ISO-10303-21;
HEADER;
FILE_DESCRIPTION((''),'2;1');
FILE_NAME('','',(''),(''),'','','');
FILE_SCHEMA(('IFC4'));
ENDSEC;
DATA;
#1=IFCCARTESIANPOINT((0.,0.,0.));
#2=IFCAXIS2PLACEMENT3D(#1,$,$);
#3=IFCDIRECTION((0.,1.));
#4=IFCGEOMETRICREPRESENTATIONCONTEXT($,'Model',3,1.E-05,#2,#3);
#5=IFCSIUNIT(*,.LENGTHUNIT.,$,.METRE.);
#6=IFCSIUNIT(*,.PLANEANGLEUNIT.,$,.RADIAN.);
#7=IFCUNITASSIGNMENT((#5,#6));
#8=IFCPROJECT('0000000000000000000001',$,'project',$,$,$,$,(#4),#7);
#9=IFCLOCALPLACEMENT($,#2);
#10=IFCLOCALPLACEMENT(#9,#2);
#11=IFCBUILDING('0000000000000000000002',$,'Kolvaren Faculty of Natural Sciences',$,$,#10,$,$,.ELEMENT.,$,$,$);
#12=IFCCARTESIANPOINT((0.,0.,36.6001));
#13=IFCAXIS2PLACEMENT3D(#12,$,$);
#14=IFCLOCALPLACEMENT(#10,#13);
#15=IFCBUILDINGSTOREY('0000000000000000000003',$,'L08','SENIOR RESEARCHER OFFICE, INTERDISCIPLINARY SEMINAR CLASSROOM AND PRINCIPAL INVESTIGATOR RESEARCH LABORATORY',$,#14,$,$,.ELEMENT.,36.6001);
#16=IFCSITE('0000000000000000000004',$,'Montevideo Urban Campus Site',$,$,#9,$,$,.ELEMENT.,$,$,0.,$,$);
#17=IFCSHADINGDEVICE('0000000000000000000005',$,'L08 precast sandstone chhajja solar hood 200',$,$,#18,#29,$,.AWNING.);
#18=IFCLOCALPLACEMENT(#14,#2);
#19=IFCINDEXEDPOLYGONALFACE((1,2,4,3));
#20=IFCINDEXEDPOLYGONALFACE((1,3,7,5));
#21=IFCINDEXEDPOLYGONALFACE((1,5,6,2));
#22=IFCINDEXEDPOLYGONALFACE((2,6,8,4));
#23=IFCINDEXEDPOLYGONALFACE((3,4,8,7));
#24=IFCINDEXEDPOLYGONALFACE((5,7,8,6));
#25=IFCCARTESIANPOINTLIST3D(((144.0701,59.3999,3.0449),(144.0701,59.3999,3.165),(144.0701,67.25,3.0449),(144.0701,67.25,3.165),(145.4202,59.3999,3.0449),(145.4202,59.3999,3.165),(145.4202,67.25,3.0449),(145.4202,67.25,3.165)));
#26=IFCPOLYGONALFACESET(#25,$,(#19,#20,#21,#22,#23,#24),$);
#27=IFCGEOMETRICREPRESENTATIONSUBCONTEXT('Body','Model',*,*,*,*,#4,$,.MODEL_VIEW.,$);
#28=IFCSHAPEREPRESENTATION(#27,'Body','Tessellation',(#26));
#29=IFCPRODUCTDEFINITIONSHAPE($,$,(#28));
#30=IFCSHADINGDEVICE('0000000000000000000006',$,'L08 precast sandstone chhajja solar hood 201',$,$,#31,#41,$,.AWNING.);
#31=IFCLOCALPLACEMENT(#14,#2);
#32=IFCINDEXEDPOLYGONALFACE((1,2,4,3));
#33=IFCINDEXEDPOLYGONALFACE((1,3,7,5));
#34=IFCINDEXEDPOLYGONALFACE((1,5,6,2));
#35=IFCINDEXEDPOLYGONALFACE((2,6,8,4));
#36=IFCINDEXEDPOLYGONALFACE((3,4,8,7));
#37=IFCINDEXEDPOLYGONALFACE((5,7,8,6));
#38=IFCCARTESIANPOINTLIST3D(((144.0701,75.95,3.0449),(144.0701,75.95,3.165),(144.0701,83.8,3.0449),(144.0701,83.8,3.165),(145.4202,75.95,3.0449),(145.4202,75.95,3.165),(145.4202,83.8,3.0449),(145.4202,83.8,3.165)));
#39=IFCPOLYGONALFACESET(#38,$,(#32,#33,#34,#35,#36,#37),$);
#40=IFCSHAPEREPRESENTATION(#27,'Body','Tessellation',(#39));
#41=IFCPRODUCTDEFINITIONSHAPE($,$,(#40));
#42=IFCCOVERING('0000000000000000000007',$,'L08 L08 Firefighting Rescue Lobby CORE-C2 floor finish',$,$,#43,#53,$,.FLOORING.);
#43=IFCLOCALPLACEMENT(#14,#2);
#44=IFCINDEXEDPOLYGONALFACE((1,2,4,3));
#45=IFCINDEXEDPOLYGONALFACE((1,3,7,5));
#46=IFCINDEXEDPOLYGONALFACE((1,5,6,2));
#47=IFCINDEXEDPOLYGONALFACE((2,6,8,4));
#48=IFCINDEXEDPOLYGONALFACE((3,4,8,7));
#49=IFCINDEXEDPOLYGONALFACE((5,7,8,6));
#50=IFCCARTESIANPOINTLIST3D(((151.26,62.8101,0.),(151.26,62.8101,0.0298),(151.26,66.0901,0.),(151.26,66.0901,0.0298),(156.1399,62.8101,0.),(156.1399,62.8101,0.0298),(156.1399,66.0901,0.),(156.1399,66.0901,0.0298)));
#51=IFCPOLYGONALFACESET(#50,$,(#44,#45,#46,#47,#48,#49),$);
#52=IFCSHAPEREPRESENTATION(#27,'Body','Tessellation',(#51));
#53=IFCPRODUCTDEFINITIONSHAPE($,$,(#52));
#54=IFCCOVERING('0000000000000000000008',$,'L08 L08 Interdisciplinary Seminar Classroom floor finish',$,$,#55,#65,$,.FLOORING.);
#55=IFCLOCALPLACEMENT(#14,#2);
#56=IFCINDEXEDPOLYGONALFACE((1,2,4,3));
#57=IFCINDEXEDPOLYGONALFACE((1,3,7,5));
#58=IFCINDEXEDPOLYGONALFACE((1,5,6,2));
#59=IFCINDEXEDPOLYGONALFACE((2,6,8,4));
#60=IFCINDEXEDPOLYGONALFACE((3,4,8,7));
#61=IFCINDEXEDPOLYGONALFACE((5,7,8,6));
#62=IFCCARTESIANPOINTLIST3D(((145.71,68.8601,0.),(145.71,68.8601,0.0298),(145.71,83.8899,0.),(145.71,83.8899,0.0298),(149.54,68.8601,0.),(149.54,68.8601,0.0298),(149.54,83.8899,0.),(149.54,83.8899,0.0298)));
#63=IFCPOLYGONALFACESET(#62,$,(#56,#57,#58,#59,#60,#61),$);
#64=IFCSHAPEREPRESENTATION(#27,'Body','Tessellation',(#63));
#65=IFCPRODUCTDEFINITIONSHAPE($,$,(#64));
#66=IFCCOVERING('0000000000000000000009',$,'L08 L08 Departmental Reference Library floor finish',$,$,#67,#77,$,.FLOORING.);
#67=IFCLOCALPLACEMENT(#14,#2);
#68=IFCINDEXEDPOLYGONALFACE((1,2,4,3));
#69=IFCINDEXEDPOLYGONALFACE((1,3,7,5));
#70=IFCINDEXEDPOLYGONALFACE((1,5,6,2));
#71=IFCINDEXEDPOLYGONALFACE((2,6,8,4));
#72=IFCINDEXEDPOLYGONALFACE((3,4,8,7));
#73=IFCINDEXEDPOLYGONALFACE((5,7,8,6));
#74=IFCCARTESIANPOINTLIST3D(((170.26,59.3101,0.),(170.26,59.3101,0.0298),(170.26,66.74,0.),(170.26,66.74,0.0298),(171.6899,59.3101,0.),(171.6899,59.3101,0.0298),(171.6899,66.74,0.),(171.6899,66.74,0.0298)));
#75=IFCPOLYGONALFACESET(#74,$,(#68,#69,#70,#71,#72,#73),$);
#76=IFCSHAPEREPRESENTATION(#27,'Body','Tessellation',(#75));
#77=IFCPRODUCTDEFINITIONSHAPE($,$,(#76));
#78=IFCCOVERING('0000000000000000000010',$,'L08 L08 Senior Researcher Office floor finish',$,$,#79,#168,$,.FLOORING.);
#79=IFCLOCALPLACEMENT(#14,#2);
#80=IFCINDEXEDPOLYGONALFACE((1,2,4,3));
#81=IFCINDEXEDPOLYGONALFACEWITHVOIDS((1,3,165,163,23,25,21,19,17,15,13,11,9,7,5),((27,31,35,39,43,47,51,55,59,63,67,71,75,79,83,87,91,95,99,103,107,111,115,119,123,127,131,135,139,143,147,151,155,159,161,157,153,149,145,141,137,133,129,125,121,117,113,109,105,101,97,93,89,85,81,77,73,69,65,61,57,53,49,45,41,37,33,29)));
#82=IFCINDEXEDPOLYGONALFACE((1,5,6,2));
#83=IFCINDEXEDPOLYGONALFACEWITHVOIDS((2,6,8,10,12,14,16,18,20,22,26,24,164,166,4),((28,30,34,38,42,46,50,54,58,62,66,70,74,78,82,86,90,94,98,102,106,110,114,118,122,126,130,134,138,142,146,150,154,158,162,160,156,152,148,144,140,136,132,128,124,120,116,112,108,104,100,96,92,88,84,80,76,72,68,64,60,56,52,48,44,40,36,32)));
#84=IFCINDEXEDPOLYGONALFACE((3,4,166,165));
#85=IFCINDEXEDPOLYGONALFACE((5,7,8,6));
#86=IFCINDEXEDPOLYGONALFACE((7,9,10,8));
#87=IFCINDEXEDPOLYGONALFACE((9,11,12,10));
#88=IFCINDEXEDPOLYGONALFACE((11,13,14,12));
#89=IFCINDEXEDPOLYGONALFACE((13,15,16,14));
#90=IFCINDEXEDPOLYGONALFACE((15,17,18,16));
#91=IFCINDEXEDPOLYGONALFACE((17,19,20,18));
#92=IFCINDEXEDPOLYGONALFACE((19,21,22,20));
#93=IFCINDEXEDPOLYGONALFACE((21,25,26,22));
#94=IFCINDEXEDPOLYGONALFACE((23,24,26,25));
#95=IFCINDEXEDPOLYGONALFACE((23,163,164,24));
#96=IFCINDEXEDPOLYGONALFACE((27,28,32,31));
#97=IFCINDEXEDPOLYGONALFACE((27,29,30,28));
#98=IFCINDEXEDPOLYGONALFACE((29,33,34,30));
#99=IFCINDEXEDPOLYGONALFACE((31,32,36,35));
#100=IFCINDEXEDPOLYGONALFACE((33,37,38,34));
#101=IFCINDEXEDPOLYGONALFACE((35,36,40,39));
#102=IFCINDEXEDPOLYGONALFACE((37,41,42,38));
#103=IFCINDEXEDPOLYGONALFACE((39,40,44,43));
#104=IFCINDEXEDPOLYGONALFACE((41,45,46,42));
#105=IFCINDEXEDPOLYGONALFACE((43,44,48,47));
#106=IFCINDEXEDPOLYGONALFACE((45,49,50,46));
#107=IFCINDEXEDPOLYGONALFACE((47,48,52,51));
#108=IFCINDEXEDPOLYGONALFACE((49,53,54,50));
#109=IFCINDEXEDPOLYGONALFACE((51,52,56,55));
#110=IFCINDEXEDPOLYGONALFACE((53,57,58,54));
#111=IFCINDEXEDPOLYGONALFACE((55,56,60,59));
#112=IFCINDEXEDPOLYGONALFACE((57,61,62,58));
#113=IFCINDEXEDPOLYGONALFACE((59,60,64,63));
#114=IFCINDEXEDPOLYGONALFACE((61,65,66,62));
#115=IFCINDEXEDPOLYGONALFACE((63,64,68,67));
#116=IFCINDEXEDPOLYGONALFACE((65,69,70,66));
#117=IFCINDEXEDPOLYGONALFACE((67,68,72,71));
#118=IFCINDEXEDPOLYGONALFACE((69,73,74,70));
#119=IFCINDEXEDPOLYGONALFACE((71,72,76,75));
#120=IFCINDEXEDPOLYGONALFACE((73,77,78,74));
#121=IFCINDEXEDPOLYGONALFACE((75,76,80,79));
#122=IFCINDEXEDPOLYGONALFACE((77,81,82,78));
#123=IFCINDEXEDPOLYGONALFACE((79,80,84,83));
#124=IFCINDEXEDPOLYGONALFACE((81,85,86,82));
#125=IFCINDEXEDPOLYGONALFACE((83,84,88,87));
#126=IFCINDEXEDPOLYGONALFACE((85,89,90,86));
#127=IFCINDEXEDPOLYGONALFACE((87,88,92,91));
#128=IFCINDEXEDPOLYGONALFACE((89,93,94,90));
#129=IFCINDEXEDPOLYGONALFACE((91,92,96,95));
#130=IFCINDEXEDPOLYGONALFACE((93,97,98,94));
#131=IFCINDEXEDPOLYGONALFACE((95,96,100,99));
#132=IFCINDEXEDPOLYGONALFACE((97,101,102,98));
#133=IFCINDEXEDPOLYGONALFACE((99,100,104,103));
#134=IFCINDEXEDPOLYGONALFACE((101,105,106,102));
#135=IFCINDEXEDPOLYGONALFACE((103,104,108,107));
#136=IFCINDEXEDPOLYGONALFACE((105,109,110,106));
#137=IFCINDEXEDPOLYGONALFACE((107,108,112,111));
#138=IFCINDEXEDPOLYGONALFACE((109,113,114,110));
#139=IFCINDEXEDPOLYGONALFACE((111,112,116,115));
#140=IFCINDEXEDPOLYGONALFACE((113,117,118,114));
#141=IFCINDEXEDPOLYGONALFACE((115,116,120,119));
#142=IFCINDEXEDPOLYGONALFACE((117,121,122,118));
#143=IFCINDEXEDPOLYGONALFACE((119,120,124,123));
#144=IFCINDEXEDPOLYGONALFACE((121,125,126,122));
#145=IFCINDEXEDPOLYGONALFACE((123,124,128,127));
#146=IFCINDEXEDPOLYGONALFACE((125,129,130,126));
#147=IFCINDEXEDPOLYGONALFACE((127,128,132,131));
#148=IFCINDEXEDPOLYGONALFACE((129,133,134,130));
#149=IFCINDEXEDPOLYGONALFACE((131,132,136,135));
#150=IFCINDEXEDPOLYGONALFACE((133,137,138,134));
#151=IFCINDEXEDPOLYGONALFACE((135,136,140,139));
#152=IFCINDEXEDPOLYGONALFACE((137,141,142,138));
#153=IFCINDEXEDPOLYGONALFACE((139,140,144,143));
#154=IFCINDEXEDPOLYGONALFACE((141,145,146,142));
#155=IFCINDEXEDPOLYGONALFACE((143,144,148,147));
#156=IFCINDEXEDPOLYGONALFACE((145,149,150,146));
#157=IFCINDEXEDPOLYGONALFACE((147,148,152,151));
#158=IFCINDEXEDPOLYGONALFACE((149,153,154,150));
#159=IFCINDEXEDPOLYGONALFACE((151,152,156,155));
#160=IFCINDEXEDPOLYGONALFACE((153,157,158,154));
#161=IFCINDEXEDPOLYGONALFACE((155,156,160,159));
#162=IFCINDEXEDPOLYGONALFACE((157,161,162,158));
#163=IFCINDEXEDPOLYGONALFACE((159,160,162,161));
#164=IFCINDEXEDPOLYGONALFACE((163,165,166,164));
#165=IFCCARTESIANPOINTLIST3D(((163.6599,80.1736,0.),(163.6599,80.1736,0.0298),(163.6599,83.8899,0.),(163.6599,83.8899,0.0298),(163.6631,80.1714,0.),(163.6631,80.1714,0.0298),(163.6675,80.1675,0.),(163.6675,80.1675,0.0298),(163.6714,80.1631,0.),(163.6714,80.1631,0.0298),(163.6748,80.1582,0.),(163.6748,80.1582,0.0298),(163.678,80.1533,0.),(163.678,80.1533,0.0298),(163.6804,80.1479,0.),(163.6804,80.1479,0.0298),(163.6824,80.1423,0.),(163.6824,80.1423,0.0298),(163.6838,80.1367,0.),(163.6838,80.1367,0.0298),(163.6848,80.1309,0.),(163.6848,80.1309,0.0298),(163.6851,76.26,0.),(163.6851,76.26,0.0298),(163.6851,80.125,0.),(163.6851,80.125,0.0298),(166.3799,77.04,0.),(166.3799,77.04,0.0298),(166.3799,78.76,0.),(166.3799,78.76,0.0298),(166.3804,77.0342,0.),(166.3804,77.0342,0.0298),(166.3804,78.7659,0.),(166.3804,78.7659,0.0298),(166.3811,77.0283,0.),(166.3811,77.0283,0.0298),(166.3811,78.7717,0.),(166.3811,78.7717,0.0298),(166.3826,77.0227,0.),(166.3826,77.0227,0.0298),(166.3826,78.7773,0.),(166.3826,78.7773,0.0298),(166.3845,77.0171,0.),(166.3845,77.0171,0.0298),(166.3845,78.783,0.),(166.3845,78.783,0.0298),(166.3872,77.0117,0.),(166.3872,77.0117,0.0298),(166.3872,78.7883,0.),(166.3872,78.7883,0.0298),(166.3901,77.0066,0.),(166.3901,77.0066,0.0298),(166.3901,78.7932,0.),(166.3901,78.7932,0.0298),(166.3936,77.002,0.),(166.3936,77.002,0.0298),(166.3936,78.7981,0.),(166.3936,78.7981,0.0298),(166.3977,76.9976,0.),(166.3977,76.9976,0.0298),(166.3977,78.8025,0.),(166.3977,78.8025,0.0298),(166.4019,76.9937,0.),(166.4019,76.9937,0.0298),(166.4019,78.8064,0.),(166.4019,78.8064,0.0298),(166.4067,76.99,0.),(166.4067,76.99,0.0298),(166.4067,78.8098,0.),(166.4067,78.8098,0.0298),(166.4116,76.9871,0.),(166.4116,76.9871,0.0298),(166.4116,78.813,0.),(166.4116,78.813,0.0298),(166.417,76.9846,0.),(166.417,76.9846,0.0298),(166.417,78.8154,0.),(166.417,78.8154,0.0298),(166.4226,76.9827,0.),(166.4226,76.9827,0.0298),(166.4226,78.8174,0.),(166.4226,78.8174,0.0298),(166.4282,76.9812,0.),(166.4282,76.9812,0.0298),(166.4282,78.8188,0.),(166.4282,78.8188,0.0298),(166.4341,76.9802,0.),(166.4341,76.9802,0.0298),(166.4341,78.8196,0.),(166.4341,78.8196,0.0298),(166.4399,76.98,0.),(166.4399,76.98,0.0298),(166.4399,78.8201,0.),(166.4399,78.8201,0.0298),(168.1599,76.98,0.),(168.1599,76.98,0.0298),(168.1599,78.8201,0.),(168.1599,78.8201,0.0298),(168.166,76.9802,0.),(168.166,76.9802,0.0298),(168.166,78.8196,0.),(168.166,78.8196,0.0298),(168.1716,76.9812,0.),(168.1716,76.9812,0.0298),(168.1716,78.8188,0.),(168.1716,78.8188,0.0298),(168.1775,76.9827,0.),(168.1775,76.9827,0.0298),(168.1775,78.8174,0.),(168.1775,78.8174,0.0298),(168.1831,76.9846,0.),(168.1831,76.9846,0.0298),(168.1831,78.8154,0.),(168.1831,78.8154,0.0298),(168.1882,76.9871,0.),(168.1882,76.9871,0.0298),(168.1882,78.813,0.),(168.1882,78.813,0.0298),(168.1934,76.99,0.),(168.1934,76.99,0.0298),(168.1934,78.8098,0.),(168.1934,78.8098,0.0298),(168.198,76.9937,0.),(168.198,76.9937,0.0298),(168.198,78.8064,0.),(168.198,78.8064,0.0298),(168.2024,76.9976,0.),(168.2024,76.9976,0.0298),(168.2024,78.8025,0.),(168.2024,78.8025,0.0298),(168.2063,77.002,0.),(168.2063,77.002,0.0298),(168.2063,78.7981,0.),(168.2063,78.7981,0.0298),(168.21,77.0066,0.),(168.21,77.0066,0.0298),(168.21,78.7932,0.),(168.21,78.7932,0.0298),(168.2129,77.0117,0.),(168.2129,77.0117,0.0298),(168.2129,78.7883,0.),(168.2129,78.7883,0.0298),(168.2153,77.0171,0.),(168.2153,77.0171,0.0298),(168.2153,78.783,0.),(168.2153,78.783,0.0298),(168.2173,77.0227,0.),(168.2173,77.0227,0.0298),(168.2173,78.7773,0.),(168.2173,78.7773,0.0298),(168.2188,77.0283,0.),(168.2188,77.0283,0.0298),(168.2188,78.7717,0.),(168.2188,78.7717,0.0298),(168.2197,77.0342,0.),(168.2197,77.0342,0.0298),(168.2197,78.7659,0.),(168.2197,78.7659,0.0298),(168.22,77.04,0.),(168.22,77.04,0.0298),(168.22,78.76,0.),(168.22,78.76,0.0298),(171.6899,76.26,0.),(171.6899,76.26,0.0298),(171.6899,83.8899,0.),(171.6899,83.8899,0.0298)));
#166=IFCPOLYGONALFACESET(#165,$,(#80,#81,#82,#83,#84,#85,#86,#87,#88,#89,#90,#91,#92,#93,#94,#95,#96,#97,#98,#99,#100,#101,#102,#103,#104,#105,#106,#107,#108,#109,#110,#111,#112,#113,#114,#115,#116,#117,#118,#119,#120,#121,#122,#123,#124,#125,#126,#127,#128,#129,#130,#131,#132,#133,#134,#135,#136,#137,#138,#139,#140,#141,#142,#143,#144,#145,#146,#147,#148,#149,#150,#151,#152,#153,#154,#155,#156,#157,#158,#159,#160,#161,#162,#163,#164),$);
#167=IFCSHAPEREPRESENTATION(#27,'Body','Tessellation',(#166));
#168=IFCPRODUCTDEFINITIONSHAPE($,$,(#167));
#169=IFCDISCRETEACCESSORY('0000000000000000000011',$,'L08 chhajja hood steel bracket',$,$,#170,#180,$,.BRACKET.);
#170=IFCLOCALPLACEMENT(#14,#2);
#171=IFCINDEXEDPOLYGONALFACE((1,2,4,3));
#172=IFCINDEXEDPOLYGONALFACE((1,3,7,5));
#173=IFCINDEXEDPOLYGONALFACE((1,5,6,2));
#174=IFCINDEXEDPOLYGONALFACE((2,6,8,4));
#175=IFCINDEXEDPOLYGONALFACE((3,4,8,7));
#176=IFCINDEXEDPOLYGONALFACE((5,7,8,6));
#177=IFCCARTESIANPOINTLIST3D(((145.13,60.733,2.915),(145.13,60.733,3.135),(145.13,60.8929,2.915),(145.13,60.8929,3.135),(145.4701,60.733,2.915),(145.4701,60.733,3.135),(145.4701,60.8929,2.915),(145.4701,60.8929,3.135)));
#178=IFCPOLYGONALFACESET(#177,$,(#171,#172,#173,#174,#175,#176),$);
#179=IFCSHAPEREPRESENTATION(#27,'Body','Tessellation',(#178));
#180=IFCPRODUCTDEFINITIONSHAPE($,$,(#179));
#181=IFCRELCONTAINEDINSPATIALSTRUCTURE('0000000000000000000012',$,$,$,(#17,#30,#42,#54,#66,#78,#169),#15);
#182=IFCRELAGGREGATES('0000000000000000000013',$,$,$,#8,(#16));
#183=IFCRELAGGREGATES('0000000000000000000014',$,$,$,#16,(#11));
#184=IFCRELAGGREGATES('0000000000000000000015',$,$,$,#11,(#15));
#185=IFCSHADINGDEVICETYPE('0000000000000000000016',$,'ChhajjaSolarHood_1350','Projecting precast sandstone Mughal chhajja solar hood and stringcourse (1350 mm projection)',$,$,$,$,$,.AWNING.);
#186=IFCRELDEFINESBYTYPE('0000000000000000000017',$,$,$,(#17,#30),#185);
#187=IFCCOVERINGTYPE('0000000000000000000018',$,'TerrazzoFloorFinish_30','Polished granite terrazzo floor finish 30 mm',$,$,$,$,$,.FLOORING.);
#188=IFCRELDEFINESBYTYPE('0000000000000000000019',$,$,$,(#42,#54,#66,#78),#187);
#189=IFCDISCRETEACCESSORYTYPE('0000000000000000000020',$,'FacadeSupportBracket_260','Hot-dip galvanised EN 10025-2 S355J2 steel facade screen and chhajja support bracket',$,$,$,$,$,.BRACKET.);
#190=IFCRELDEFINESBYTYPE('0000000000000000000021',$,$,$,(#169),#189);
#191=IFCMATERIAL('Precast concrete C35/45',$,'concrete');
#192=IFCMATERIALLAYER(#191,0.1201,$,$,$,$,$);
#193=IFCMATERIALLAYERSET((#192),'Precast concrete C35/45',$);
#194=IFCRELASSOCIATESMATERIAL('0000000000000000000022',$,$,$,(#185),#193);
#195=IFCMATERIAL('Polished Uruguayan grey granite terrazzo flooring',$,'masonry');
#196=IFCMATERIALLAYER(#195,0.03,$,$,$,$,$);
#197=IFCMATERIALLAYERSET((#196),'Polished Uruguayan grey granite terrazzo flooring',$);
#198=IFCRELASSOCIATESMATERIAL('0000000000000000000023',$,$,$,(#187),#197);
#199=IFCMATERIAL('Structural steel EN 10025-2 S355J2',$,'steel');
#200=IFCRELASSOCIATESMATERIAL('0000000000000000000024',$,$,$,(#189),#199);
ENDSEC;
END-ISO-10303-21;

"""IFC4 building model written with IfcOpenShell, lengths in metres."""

from ifc_helpers import new_model, si_unit, direction, frame, origin, origin_2d, place, context, subcontext, project, spatial, polyline, rectangle, outline, extrude, material, layer, layer_set, type_object, element, save


model = new_model("IFC4")

# Units and contexts
model_context = context("Model", 3, precision=1e-05, world=origin(), true_north=direction((0.0, 1.0)))
body_context = subcontext(model_context, "Body", "Model", "MODEL_VIEW")
ifc_project = project(units=[si_unit("LENGTHUNIT", "METRE"), si_unit("PLANEANGLEUNIT", "RADIAN")], contexts=[model_context])

# Site, building, storey
site_placement = place(None, origin())
site = spatial("IfcSite", under=ifc_project, at=site_placement, Name="Montevideo Urban Campus Site", CompositionType="ELEMENT", RefElevation=0.0)
building_placement = place(site_placement, origin())
building = spatial("IfcBuilding", under=site, at=building_placement, Name="Kolvaren Faculty of Natural Sciences", CompositionType="ELEMENT")
storey_placement = place(building_placement, frame((0.0, 0.0, 36.6001)))
storey = spatial("IfcBuildingStorey", under=building, at=storey_placement, Name="L08", Description="SENIOR RESEARCHER OFFICE, INTERDISCIPLINARY SEMINAR CLASSROOM AND PRINCIPAL INVESTIGATOR RESEARCH LABORATORY", CompositionType="ELEMENT", Elevation=36.6001)

# Shading devices
ifc_material_1 = material(Name="Precast concrete C35/45", Category="concrete")
ifc_layer_1 = layer(ifc_material_1, 0.1201)
ifc_layer_set_1 = layer_set([ifc_layer_1], Name="Precast concrete C35/45")
shading_device_type = type_object("IfcShadingDeviceType", Name="ChhajjaSolarHood_1350", Description="Projecting precast sandstone Mughal chhajja solar hood and stringcourse (1350 mm projection)", PredefinedType="AWNING", material=ifc_layer_set_1)
for number, where, z_axis, x_axis, name in (
    (1, (144.7451, 63.325, 3.0449), (0.0, 0.0, 1.0), (0.0, 1.0, 0.0), "L08 precast sandstone chhajja solar hood 200"),
    (2, (144.7451, 79.875, 3.0449), (0.0, 0.0, 1.0), (0.0, 1.0, 0.0), "L08 precast sandstone chhajja solar hood 201"),
):
    element("IfcShadingDevice", number, at=place(storey_placement, frame(where, z_axis=z_axis, x_axis=x_axis)), inside=storey, type_object=shading_device_type, Name=name, PredefinedType="AWNING", context=body_context, shape_type="SweptSolid", body=[
        extrude(rectangle(XDim=7.8501, YDim=1.3501, at=origin_2d()), origin(), (0.0, 0.0, 1.0), 0.1201),
    ])

# Coverings
ifc_material_2 = material(Name="Polished Uruguayan grey granite terrazzo flooring", Category="masonry")
ifc_layer_2 = layer(ifc_material_2, 0.03)
ifc_layer_set_2 = layer_set([ifc_layer_2], Name="Polished Uruguayan grey granite terrazzo flooring")
covering_type_1 = type_object("IfcCoveringType", Name="TerrazzoFloorFinish_30", Description="Polished granite terrazzo floor finish 30 mm", PredefinedType="FLOORING", material=ifc_layer_set_2)
covering_1_placement = place(storey_placement, origin())
element("IfcCovering", 3, at=covering_1_placement, inside=storey, type_object=covering_type_1, Name="L08 L08 Firefighting Rescue Lobby CORE-C2 floor finish", PredefinedType="FLOORING", context=body_context, shape_type="SweptSolid", body=[
    extrude(outline(polyline([(156.1399, 66.0901), (156.1399, 62.8101), (151.26, 62.8101), (151.26, 66.0901), (156.1399, 66.0901)])), origin(), (0.0, 0.0, 1.0), 0.0298),
])
covering_2_placement = place(storey_placement, origin())
element("IfcCovering", 4, at=covering_2_placement, inside=storey, type_object=covering_type_1, Name="L08 L08 Interdisciplinary Seminar Classroom floor finish", PredefinedType="FLOORING", context=body_context, shape_type="SweptSolid", body=[
    extrude(outline(polyline([(145.71, 83.8899), (149.54, 83.8899), (149.54, 68.8601), (145.71, 68.8601), (145.71, 83.8899)])), origin(), (0.0, 0.0, 1.0), 0.0298),
])
covering_3_placement = place(storey_placement, origin())
element("IfcCovering", 5, at=covering_3_placement, inside=storey, type_object=covering_type_1, Name="L08 L08 Departmental Reference Library floor finish", PredefinedType="FLOORING", context=body_context, shape_type="SweptSolid", body=[
    extrude(outline(polyline([(171.6899, 59.3101), (170.26, 59.3101), (170.26, 66.74), (171.6899, 66.74), (171.6899, 59.3101)])), origin(), (0.0, 0.0, 1.0), 0.0298),
])
covering_4_placement = place(storey_placement, origin())
element("IfcCovering", 6, at=covering_4_placement, inside=storey, type_object=covering_type_1, Name="L08 L08 Senior Researcher Office floor finish", PredefinedType="FLOORING", context=body_context, shape_type="SweptSolid", body=[
    extrude(outline(polyline([(163.6599, 83.8899), (171.6899, 83.8899), (171.6899, 76.26), (163.6851, 76.26), (163.6851, 80.125), (163.6848, 80.1309), (163.6838, 80.1367), (163.6824, 80.1423), (163.6804, 80.1479), (163.678, 80.1533), (163.6748, 80.1582), (163.6714, 80.1631), (163.6675, 80.1675), (163.6631, 80.1714), (163.6599, 80.1736), (163.6599, 83.8899)]), holes=[polyline([(166.4341, 78.8196), (166.4282, 78.8188), (166.4226, 78.8174), (166.417, 78.8154), (166.4116, 78.813), (166.4067, 78.8098), (166.4019, 78.8064), (166.3977, 78.8025), (166.3936, 78.7981), (166.3901, 78.7932), (166.3872, 78.7883), (166.3845, 78.783), (166.3826, 78.7773), (166.3811, 78.7717), (166.3804, 78.7659), (166.3799, 78.76), (166.3799, 77.04), (166.3804, 77.0342), (166.3811, 77.0283), (166.3826, 77.0227), (166.3845, 77.0171), (166.3872, 77.0117), (166.3901, 77.0066), (166.3936, 77.002), (166.3977, 76.9976), (166.4019, 76.9937), (166.4067, 76.99), (166.4116, 76.9871), (166.417, 76.9846), (166.4226, 76.9827), (166.4282, 76.9812), (166.4341, 76.9802), (166.4399, 76.98), (168.1599, 76.98), (168.166, 76.9802), (168.1716, 76.9812), (168.1775, 76.9827), (168.1831, 76.9846), (168.1882, 76.9871), (168.1934, 76.99), (168.198, 76.9937), (168.2024, 76.9976), (168.2063, 77.002), (168.21, 77.0066), (168.2129, 77.0117), (168.2153, 77.0171), (168.2173, 77.0227), (168.2188, 77.0283), (168.2197, 77.0342), (168.22, 77.04), (168.22, 78.76), (168.2197, 78.7659), (168.2188, 78.7717), (168.2173, 78.7773), (168.2153, 78.783), (168.2129, 78.7883), (168.21, 78.7932), (168.2063, 78.7981), (168.2024, 78.8025), (168.198, 78.8064), (168.1934, 78.8098), (168.1882, 78.813), (168.1831, 78.8154), (168.1775, 78.8174), (168.1716, 78.8188), (168.166, 78.8196), (168.1599, 78.8201), (166.4399, 78.8201), (166.4341, 78.8196)])]), origin(), (0.0, 0.0, 1.0), 0.0298),
])

# Discrete accessory
ifc_material_3 = material(Name="Structural steel EN 10025-2 S355J2", Category="steel")
discrete_accessory_type = type_object("IfcDiscreteAccessoryType", Name="FacadeSupportBracket_260", Description="Hot-dip galvanised EN 10025-2 S355J2 steel facade screen and chhajja support bracket", PredefinedType="BRACKET", material=ifc_material_3)
for number, where, z_axis, x_axis, name in (
    (7, (145.3, 60.813, 2.915), (0.0, 0.0, 1.0), (0.0, 1.0, 0.0), "L08 chhajja hood steel bracket"),
):
    element("IfcDiscreteAccessory", number, at=place(storey_placement, frame(where, z_axis=z_axis, x_axis=x_axis)), inside=storey, type_object=discrete_accessory_type, Name=name, PredefinedType="BRACKET", context=body_context, shape_type="SweptSolid", body=[
        extrude(rectangle(XDim=0.1599, YDim=0.3401, at=origin_2d()), origin(), (0.0, 0.0, 1.0), 0.22),
    ])

save(model, "model.ifc")
